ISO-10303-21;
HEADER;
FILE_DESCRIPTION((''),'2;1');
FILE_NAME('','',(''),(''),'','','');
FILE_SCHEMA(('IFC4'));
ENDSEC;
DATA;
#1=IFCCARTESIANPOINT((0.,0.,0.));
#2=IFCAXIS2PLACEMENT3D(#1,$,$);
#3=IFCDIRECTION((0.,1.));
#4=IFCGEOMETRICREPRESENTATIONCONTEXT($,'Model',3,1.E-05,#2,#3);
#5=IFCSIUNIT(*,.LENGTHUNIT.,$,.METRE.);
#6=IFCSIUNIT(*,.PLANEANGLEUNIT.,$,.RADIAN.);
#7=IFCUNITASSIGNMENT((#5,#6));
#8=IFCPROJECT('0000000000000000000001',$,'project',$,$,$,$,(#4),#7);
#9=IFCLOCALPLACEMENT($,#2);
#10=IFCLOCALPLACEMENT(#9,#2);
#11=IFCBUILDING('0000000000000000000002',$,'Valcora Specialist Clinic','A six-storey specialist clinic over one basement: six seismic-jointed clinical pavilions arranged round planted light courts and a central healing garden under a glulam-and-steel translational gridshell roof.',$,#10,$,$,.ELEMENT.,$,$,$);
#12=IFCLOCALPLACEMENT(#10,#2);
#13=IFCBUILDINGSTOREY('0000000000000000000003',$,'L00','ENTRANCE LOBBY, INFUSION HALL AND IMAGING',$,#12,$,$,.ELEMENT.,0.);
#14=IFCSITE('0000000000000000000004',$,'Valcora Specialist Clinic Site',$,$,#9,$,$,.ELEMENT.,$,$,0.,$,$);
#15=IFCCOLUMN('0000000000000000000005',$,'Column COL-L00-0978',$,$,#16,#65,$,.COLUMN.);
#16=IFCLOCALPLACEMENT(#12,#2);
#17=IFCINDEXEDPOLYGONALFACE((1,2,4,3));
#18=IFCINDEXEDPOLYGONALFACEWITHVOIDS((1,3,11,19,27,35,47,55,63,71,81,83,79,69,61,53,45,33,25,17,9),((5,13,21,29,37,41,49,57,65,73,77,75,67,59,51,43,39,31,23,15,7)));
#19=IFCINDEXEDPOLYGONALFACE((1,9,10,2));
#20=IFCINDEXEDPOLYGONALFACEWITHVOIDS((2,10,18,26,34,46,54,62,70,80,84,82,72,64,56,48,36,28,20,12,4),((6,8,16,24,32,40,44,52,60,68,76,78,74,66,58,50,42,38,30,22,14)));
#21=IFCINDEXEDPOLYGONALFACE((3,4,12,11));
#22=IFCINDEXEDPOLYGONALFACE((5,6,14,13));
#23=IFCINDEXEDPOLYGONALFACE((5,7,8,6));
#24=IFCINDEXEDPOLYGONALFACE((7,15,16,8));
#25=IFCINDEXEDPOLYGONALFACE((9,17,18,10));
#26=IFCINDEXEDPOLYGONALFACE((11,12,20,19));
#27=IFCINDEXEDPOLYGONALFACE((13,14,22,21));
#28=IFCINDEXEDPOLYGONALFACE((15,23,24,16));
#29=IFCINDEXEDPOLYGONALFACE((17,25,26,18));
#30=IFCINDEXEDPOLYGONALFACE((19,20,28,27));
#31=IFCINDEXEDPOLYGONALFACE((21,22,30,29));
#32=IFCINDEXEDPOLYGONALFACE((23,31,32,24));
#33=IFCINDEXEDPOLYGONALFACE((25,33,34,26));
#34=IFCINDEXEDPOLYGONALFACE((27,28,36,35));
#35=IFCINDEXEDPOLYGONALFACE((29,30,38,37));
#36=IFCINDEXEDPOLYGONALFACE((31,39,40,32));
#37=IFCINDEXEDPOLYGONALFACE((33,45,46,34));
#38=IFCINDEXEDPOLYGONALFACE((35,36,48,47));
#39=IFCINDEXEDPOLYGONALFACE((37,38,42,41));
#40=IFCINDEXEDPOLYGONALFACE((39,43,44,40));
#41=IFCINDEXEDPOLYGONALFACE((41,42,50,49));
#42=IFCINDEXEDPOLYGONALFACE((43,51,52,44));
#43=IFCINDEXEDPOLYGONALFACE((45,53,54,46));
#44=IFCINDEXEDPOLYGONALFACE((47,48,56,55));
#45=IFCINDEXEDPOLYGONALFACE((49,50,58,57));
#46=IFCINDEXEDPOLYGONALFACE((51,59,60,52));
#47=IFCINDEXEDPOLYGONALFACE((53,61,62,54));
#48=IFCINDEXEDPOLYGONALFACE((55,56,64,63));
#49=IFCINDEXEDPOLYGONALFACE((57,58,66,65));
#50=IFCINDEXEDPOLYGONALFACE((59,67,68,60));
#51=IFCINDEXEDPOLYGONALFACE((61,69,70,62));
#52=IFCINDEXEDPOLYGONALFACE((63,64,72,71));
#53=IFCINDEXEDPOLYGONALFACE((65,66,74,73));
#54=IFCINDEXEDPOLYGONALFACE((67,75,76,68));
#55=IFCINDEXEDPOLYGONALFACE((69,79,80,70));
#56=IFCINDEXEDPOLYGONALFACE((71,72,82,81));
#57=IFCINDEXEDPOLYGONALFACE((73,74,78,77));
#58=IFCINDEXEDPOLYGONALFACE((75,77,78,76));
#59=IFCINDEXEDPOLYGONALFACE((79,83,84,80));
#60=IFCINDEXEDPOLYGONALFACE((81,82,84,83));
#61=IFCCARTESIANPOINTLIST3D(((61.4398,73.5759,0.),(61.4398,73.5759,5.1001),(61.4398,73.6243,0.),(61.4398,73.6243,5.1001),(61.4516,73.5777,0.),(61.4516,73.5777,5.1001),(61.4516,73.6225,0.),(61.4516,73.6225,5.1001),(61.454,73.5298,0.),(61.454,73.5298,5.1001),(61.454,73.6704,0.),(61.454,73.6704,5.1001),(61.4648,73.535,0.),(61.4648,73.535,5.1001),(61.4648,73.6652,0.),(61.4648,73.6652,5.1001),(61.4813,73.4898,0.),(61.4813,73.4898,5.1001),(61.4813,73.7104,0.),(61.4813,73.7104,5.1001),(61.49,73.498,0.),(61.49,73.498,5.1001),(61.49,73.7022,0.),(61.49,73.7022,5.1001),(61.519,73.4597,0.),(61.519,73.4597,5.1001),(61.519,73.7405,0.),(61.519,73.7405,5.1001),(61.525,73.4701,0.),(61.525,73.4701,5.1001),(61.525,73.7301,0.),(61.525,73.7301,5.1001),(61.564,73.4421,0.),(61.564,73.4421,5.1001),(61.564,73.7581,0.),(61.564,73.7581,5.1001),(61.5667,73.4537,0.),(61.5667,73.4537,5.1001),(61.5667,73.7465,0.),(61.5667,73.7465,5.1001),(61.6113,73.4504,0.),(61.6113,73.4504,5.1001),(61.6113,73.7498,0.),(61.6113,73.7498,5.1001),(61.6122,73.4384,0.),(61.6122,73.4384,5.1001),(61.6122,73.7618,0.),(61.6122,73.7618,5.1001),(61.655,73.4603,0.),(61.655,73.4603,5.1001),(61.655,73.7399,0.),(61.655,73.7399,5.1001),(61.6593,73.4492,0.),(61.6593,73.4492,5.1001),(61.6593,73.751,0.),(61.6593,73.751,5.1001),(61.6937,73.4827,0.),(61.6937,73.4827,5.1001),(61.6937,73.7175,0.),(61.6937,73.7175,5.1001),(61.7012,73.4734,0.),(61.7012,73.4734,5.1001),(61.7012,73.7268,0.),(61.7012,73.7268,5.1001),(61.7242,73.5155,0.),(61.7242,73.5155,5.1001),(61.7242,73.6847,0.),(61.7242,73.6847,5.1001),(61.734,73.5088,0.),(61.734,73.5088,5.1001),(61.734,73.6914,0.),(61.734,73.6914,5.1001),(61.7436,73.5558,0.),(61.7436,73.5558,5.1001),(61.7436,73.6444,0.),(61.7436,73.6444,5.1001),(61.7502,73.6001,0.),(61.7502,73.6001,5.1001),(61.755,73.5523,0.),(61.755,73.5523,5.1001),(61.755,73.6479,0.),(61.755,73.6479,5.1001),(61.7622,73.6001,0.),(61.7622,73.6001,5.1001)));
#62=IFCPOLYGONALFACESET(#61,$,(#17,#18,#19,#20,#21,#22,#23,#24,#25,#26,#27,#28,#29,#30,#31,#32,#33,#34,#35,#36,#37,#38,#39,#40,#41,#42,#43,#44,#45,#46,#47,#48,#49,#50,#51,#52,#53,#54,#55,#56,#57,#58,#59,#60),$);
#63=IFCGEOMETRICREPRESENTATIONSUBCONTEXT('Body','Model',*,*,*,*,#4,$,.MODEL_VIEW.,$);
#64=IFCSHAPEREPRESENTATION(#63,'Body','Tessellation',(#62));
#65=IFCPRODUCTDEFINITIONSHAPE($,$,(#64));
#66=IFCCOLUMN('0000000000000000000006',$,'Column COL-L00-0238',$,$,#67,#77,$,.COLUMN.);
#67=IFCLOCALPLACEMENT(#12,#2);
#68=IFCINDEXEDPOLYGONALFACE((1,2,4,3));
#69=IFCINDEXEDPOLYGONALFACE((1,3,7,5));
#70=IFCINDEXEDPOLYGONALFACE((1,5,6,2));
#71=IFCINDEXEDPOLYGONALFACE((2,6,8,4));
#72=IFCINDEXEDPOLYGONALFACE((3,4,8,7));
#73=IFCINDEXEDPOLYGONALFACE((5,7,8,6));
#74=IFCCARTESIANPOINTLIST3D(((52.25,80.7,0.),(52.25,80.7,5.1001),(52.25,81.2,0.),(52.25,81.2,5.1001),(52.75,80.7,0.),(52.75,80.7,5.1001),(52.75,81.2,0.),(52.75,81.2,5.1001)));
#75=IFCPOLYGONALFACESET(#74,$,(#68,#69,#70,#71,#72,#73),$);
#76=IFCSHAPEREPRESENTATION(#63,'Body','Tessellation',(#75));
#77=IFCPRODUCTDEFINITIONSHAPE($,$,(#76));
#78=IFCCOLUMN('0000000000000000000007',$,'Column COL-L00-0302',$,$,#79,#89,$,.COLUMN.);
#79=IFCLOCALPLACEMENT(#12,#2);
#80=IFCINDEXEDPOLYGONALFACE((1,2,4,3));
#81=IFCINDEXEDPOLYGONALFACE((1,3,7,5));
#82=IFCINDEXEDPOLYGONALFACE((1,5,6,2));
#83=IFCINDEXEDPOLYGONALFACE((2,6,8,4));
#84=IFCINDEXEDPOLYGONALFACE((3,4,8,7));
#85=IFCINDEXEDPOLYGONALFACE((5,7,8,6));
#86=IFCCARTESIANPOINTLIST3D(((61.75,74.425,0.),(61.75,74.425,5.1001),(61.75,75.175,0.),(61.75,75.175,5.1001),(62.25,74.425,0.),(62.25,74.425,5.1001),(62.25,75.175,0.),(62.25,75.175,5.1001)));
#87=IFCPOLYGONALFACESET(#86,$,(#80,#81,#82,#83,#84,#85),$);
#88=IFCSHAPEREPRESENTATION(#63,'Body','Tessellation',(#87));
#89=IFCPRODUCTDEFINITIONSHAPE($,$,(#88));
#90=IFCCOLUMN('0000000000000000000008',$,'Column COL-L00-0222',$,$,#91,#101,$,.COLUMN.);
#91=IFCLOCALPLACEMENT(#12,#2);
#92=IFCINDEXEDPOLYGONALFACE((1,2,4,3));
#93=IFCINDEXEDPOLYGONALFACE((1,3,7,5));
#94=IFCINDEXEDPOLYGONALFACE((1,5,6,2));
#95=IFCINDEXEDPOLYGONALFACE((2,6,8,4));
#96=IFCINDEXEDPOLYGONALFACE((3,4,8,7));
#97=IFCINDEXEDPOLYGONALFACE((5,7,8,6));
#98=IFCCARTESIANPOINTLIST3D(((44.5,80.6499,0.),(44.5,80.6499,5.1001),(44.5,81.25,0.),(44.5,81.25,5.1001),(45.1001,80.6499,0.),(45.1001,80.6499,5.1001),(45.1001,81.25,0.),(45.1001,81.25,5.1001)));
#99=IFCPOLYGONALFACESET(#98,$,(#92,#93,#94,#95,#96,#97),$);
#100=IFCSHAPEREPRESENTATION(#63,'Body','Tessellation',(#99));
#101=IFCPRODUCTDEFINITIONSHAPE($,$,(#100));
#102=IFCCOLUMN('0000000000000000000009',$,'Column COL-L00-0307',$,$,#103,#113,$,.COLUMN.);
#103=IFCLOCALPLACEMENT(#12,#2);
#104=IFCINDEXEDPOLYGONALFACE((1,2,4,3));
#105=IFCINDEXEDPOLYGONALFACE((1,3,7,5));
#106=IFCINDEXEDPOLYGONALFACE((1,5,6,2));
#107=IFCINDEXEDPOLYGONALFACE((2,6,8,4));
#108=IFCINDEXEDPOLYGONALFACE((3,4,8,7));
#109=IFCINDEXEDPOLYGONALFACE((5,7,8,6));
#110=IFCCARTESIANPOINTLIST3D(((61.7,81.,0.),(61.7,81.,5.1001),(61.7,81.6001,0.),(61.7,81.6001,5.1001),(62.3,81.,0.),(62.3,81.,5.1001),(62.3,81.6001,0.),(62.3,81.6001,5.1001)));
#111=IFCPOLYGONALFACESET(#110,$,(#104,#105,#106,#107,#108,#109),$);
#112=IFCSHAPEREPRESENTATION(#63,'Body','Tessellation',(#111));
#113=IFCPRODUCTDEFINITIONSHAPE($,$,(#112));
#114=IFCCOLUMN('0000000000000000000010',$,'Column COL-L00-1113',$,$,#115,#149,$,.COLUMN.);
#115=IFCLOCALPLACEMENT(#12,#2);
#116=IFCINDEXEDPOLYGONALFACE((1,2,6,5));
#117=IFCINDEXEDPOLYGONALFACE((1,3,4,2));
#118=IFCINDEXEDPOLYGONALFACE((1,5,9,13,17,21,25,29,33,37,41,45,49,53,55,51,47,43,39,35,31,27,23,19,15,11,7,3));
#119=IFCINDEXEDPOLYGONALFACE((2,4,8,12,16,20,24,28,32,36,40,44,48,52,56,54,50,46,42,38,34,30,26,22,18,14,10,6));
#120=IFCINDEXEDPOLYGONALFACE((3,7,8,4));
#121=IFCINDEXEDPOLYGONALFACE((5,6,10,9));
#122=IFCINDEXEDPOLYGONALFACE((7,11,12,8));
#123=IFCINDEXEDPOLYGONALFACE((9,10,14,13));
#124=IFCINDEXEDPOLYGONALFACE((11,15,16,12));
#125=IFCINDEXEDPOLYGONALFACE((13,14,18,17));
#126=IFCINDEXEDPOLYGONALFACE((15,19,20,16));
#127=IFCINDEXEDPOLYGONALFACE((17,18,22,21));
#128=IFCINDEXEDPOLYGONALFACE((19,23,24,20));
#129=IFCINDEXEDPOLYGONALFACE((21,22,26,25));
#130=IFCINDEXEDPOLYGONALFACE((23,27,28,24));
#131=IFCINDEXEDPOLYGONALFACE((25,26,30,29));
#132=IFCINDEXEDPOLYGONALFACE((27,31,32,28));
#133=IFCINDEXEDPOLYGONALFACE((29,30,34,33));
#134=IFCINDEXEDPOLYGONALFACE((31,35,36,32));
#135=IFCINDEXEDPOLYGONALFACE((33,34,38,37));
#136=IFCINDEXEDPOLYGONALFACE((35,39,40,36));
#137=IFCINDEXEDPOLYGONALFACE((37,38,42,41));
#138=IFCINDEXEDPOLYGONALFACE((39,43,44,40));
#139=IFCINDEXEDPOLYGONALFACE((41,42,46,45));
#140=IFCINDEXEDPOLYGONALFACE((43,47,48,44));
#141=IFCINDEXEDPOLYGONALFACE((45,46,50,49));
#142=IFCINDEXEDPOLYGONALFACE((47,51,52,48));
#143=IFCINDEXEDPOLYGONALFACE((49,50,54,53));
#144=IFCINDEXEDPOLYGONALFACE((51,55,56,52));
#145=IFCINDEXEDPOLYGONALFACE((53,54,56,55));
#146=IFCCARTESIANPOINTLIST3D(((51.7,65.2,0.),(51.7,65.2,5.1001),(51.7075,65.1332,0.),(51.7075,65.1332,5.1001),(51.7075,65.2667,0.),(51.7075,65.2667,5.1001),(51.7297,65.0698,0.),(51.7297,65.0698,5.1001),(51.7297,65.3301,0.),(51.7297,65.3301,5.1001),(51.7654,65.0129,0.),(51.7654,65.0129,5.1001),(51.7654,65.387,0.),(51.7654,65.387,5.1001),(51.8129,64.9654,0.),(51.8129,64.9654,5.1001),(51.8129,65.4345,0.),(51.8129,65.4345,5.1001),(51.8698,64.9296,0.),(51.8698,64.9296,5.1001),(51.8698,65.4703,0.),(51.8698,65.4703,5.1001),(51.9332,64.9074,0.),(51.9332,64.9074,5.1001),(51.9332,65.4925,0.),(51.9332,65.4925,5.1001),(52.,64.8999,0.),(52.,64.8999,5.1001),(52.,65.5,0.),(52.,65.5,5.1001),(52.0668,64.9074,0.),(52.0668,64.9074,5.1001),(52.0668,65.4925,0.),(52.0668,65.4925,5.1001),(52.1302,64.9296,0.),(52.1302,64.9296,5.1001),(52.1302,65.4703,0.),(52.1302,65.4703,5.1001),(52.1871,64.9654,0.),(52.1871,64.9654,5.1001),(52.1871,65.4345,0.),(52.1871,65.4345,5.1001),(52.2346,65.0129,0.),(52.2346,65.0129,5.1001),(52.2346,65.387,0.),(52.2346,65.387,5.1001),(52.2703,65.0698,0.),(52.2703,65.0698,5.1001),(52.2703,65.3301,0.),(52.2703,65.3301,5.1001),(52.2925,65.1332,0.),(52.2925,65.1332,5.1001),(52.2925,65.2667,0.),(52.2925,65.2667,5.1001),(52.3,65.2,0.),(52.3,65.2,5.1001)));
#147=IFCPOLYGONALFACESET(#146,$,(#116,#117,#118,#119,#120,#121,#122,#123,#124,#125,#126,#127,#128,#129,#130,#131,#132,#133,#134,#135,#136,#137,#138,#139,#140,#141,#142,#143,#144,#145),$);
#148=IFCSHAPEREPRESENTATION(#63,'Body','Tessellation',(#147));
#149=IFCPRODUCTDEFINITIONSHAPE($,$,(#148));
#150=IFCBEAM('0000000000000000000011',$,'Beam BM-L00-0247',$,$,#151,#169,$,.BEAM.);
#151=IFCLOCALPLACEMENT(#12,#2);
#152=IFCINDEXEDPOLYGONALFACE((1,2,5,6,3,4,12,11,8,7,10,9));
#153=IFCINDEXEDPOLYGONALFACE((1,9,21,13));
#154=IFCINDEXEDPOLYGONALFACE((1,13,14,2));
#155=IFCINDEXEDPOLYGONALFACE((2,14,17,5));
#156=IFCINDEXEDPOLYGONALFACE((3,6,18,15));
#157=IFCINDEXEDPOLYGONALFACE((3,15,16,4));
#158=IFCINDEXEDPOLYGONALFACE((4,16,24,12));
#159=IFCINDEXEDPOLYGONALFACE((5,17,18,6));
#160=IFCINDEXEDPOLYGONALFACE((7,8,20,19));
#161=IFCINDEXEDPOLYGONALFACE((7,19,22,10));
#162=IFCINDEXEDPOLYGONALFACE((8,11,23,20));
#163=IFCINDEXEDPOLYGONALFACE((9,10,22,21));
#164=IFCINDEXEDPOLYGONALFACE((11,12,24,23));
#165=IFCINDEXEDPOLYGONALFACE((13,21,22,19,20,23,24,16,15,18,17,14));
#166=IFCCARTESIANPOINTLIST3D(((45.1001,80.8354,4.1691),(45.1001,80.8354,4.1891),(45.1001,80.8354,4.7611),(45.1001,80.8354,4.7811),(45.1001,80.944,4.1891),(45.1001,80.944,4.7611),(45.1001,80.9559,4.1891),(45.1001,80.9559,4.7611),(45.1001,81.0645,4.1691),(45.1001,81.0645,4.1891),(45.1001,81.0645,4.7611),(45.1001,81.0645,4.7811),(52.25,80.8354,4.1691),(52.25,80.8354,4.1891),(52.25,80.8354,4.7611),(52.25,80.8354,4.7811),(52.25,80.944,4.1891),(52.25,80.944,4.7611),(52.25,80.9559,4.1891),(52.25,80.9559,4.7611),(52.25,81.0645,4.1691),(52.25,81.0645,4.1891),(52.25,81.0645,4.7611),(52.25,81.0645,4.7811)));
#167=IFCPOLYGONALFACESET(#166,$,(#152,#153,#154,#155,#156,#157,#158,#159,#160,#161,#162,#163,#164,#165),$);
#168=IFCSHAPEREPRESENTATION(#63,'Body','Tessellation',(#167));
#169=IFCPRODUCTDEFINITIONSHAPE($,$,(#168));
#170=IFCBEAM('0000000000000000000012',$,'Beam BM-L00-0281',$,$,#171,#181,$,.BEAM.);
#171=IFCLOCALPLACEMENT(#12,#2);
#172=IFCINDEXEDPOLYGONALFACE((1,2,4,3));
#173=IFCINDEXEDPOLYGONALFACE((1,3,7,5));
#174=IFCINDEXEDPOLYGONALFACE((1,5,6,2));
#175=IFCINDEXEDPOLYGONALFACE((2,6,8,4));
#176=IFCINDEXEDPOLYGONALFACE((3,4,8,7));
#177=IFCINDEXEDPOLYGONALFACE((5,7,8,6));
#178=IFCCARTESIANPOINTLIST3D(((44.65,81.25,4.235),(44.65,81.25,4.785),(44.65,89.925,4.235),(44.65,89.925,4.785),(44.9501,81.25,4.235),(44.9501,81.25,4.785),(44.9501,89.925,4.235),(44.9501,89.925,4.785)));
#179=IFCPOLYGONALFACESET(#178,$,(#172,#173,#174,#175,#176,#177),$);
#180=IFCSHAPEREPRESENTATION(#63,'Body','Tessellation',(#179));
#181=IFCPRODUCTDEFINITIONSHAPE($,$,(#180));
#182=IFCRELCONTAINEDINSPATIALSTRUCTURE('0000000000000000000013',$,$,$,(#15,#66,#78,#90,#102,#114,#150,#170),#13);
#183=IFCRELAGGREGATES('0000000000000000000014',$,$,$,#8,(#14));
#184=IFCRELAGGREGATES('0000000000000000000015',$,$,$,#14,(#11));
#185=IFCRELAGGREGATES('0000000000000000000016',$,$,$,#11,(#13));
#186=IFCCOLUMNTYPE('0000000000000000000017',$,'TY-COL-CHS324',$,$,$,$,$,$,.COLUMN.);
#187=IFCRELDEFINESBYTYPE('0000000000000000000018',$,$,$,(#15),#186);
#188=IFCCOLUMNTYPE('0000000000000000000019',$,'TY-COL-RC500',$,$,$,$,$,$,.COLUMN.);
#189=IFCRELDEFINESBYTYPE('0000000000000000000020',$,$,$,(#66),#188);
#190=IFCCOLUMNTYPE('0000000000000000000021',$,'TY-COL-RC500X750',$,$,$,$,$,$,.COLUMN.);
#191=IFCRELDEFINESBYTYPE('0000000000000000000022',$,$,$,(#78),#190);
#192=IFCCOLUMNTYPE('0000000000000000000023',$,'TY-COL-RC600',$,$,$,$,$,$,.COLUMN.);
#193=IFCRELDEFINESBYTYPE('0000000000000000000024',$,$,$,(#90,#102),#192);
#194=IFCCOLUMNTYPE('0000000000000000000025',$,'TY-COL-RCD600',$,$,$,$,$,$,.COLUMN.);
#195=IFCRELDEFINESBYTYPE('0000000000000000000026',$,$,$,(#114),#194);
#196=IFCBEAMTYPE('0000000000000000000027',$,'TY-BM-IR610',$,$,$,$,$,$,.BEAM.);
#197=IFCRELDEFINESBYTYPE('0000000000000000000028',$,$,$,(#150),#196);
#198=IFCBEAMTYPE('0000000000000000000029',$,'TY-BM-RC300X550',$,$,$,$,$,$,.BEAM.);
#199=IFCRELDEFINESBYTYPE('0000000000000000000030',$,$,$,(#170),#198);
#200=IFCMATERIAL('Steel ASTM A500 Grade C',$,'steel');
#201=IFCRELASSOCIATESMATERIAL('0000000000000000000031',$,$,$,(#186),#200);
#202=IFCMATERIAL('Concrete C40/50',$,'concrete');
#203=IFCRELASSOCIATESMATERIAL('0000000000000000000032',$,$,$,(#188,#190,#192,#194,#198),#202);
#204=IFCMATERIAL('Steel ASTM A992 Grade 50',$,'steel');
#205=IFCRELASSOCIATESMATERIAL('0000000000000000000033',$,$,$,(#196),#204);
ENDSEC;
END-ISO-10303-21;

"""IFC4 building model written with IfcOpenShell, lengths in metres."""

from ifc_helpers import new_model, si_unit, direction, frame, origin, origin_2d, place, context, subcontext, project, spatial, rectangle, circle, hollow_circle, i_section, extrude, material, material_profile, profile_set, type_object, element, save


model = new_model("IFC4")

# Units and contexts
model_context = context("Model", 3, precision=1e-05, world=origin(), true_north=direction((0.0, 1.0)))
body_context = subcontext(model_context, "Body", "Model", "MODEL_VIEW")
ifc_project = project(units=[si_unit("LENGTHUNIT", "METRE"), si_unit("PLANEANGLEUNIT", "RADIAN")], contexts=[model_context])

# Site, building, storey
site_placement = place(None, origin())
site = spatial("IfcSite", under=ifc_project, at=site_placement, Name="Valcora Specialist Clinic Site", CompositionType="ELEMENT", RefElevation=0.0)
building_placement = place(site_placement, origin())
building = spatial("IfcBuilding", under=site, at=building_placement, Name="Valcora Specialist Clinic", Description="A six-storey specialist clinic over one basement: six seismic-jointed clinical pavilions arranged round planted light courts and a central healing garden under a glulam-and-steel translational gridshell roof.", CompositionType="ELEMENT")
storey_placement = place(building_placement, origin())
storey = spatial("IfcBuildingStorey", under=building, at=storey_placement, Name="L00", Description="ENTRANCE LOBBY, INFUSION HALL AND IMAGING", CompositionType="ELEMENT", Elevation=0.0)

# Columns
ifc_material_1 = material(Name="Steel ASTM A500 Grade C", Category="steel")
ifc_material_profile_1 = material_profile(ifc_material_1, hollow_circle(Radius=0.1621, WallThickness=0.012, at=origin_2d()), Name="ST-CHS-324X12")
ifc_profile_set_1 = profile_set([ifc_material_profile_1], Name="Steel ASTM A500 Grade C")
column_type_1 = type_object("IfcColumnType", Name="TY-COL-CHS324", PredefinedType="COLUMN", material=ifc_profile_set_1)
column_1_placement = place(storey_placement, frame((61.6001, 73.6001, 0.0), z_axis=(0.0, 0.0, 1.0), x_axis=(1.0, 0.0, 0.0)))
element("IfcColumn", 1, at=column_1_placement, inside=storey, type_object=column_type_1, Name="Column COL-L00-0978", PredefinedType="COLUMN", context=body_context, shape_type="SweptSolid", body=[
    extrude(hollow_circle(Radius=0.1621, WallThickness=0.012, at=origin_2d()), origin(), (0.0, 0.0, 1.0), 5.1001),
])
ifc_material_2 = material(Name="Concrete C40/50", Category="concrete")
ifc_material_profile_2 = material_profile(ifc_material_2, rectangle(XDim=0.5, YDim=0.5, at=origin_2d()), Name="RC-COL-500X500")
ifc_profile_set_2 = profile_set([ifc_material_profile_2], Name="Concrete C40/50")
column_type_2 = type_object("IfcColumnType", Name="TY-COL-RC500", PredefinedType="COLUMN", material=ifc_profile_set_2)
column_2_placement = place(storey_placement, frame((52.5, 80.95, 0.0), z_axis=(0.0, 0.0, 1.0), x_axis=(1.0, 0.0, 0.0)))
element("IfcColumn", 2, at=column_2_placement, inside=storey, type_object=column_type_2, Name="Column COL-L00-0238", PredefinedType="COLUMN", context=body_context, shape_type="SweptSolid", body=[
    extrude(rectangle(XDim=0.5, YDim=0.5, at=origin_2d()), origin(), (0.0, 0.0, 1.0), 5.1001),
])
ifc_material_profile_3 = material_profile(ifc_material_2, rectangle(XDim=0.5, YDim=0.75, at=origin_2d()), Name="RC-COL-500X750")
ifc_profile_set_3 = profile_set([ifc_material_profile_3], Name="Concrete C40/50")
column_type_3 = type_object("IfcColumnType", Name="TY-COL-RC500X750", PredefinedType="COLUMN", material=ifc_profile_set_3)
column_3_placement = place(storey_placement, frame((62.0, 74.8, 0.0), z_axis=(0.0, 0.0, 1.0), x_axis=(1.0, 0.0, 0.0)))
element("IfcColumn", 3, at=column_3_placement, inside=storey, type_object=column_type_3, Name="Column COL-L00-0302", PredefinedType="COLUMN", context=body_context, shape_type="SweptSolid", body=[
    extrude(rectangle(XDim=0.5, YDim=0.75, at=origin_2d()), origin(), (0.0, 0.0, 1.0), 5.1001),
])
ifc_material_profile_4 = material_profile(ifc_material_2, rectangle(XDim=0.6001, YDim=0.6001, at=origin_2d()), Name="RC-COL-600X600")
ifc_profile_set_4 = profile_set([ifc_material_profile_4], Name="Concrete C40/50")
column_type_4 = type_object("IfcColumnType", Name="TY-COL-RC600", PredefinedType="COLUMN", material=ifc_profile_set_4)
for number, where, z_axis, x_axis, name in (
    (4, (44.8, 80.95, 0.0), (0.0, 0.0, 1.0), (1.0, 0.0, 0.0), "Column COL-L00-0222"),
    (5, (62.0, 81.3, 0.0), (0.0, 0.0, 1.0), (1.0, 0.0, 0.0), "Column COL-L00-0307"),
):
    element("IfcColumn", number, at=place(storey_placement, frame(where, z_axis=z_axis, x_axis=x_axis)), inside=storey, type_object=column_type_4, Name=name, PredefinedType="COLUMN", context=body_context, shape_type="SweptSolid", body=[
        extrude(rectangle(XDim=0.6001, YDim=0.6001, at=origin_2d()), origin(), (0.0, 0.0, 1.0), 5.1001),
    ])
ifc_material_profile_5 = material_profile(ifc_material_2, circle(Radius=0.3, at=origin_2d()), Name="RC-COL-D600")
ifc_profile_set_5 = profile_set([ifc_material_profile_5], Name="Concrete C40/50")
column_type_5 = type_object("IfcColumnType", Name="TY-COL-RCD600", PredefinedType="COLUMN", material=ifc_profile_set_5)
column_4_placement = place(storey_placement, frame((52.0, 65.2, 0.0), z_axis=(0.0, 0.0, 1.0), x_axis=(1.0, 0.0, 0.0)))
element("IfcColumn", 6, at=column_4_placement, inside=storey, type_object=column_type_5, Name="Column COL-L00-1113", PredefinedType="COLUMN", context=body_context, shape_type="SweptSolid", body=[
    extrude(circle(Radius=0.3, at=origin_2d()), origin(), (0.0, 0.0, 1.0), 5.1001),
])

# Beams
ifc_material_3 = material(Name="Steel ASTM A992 Grade 50", Category="steel")
ifc_material_profile_6 = material_profile(ifc_material_3, i_section(OverallWidth=0.229, OverallDepth=0.6121, WebThickness=0.012, FlangeThickness=0.02, at=origin_2d()), Name="ST-IR-610X229")
ifc_profile_set_6 = profile_set([ifc_material_profile_6], Name="Steel ASTM A992 Grade 50")
beam_type_1 = type_object("IfcBeamType", Name="TY-BM-IR610", PredefinedType="BEAM", material=ifc_profile_set_6)
beam_1_placement = place(storey_placement, frame((45.1001, 80.95, 4.4751), z_axis=(1.0, 0.0, 0.0), x_axis=(0.0, 1.0, 0.0)))
element("IfcBeam", 7, at=beam_1_placement, inside=storey, type_object=beam_type_1, Name="Beam BM-L00-0247", PredefinedType="BEAM", context=body_context, shape_type="SweptSolid", body=[
    extrude(i_section(OverallWidth=0.229, OverallDepth=0.6121, WebThickness=0.012, FlangeThickness=0.02, at=origin_2d()), origin(), (0.0, 0.0, 1.0), 7.1499),
])
ifc_material_profile_7 = material_profile(ifc_material_2, rectangle(XDim=0.3, YDim=0.55, at=origin_2d()), Name="RC-BM-300X550")
ifc_profile_set_7 = profile_set([ifc_material_profile_7], Name="Concrete C40/50")
beam_type_2 = type_object("IfcBeamType", Name="TY-BM-RC300X550", PredefinedType="BEAM", material=ifc_profile_set_7)
beam_2_placement = place(storey_placement, frame((44.8, 81.25, 4.51), z_axis=(0.0, 1.0, 0.0), x_axis=(-1.0, 0.0, 0.0)))
element("IfcBeam", 8, at=beam_2_placement, inside=storey, type_object=beam_type_2, Name="Beam BM-L00-0281", PredefinedType="BEAM", context=body_context, shape_type="SweptSolid", body=[
    extrude(rectangle(XDim=0.3, YDim=0.55, at=origin_2d()), origin(), (0.0, 0.0, 1.0), 8.675),
])

save(model, "model.ifc")
